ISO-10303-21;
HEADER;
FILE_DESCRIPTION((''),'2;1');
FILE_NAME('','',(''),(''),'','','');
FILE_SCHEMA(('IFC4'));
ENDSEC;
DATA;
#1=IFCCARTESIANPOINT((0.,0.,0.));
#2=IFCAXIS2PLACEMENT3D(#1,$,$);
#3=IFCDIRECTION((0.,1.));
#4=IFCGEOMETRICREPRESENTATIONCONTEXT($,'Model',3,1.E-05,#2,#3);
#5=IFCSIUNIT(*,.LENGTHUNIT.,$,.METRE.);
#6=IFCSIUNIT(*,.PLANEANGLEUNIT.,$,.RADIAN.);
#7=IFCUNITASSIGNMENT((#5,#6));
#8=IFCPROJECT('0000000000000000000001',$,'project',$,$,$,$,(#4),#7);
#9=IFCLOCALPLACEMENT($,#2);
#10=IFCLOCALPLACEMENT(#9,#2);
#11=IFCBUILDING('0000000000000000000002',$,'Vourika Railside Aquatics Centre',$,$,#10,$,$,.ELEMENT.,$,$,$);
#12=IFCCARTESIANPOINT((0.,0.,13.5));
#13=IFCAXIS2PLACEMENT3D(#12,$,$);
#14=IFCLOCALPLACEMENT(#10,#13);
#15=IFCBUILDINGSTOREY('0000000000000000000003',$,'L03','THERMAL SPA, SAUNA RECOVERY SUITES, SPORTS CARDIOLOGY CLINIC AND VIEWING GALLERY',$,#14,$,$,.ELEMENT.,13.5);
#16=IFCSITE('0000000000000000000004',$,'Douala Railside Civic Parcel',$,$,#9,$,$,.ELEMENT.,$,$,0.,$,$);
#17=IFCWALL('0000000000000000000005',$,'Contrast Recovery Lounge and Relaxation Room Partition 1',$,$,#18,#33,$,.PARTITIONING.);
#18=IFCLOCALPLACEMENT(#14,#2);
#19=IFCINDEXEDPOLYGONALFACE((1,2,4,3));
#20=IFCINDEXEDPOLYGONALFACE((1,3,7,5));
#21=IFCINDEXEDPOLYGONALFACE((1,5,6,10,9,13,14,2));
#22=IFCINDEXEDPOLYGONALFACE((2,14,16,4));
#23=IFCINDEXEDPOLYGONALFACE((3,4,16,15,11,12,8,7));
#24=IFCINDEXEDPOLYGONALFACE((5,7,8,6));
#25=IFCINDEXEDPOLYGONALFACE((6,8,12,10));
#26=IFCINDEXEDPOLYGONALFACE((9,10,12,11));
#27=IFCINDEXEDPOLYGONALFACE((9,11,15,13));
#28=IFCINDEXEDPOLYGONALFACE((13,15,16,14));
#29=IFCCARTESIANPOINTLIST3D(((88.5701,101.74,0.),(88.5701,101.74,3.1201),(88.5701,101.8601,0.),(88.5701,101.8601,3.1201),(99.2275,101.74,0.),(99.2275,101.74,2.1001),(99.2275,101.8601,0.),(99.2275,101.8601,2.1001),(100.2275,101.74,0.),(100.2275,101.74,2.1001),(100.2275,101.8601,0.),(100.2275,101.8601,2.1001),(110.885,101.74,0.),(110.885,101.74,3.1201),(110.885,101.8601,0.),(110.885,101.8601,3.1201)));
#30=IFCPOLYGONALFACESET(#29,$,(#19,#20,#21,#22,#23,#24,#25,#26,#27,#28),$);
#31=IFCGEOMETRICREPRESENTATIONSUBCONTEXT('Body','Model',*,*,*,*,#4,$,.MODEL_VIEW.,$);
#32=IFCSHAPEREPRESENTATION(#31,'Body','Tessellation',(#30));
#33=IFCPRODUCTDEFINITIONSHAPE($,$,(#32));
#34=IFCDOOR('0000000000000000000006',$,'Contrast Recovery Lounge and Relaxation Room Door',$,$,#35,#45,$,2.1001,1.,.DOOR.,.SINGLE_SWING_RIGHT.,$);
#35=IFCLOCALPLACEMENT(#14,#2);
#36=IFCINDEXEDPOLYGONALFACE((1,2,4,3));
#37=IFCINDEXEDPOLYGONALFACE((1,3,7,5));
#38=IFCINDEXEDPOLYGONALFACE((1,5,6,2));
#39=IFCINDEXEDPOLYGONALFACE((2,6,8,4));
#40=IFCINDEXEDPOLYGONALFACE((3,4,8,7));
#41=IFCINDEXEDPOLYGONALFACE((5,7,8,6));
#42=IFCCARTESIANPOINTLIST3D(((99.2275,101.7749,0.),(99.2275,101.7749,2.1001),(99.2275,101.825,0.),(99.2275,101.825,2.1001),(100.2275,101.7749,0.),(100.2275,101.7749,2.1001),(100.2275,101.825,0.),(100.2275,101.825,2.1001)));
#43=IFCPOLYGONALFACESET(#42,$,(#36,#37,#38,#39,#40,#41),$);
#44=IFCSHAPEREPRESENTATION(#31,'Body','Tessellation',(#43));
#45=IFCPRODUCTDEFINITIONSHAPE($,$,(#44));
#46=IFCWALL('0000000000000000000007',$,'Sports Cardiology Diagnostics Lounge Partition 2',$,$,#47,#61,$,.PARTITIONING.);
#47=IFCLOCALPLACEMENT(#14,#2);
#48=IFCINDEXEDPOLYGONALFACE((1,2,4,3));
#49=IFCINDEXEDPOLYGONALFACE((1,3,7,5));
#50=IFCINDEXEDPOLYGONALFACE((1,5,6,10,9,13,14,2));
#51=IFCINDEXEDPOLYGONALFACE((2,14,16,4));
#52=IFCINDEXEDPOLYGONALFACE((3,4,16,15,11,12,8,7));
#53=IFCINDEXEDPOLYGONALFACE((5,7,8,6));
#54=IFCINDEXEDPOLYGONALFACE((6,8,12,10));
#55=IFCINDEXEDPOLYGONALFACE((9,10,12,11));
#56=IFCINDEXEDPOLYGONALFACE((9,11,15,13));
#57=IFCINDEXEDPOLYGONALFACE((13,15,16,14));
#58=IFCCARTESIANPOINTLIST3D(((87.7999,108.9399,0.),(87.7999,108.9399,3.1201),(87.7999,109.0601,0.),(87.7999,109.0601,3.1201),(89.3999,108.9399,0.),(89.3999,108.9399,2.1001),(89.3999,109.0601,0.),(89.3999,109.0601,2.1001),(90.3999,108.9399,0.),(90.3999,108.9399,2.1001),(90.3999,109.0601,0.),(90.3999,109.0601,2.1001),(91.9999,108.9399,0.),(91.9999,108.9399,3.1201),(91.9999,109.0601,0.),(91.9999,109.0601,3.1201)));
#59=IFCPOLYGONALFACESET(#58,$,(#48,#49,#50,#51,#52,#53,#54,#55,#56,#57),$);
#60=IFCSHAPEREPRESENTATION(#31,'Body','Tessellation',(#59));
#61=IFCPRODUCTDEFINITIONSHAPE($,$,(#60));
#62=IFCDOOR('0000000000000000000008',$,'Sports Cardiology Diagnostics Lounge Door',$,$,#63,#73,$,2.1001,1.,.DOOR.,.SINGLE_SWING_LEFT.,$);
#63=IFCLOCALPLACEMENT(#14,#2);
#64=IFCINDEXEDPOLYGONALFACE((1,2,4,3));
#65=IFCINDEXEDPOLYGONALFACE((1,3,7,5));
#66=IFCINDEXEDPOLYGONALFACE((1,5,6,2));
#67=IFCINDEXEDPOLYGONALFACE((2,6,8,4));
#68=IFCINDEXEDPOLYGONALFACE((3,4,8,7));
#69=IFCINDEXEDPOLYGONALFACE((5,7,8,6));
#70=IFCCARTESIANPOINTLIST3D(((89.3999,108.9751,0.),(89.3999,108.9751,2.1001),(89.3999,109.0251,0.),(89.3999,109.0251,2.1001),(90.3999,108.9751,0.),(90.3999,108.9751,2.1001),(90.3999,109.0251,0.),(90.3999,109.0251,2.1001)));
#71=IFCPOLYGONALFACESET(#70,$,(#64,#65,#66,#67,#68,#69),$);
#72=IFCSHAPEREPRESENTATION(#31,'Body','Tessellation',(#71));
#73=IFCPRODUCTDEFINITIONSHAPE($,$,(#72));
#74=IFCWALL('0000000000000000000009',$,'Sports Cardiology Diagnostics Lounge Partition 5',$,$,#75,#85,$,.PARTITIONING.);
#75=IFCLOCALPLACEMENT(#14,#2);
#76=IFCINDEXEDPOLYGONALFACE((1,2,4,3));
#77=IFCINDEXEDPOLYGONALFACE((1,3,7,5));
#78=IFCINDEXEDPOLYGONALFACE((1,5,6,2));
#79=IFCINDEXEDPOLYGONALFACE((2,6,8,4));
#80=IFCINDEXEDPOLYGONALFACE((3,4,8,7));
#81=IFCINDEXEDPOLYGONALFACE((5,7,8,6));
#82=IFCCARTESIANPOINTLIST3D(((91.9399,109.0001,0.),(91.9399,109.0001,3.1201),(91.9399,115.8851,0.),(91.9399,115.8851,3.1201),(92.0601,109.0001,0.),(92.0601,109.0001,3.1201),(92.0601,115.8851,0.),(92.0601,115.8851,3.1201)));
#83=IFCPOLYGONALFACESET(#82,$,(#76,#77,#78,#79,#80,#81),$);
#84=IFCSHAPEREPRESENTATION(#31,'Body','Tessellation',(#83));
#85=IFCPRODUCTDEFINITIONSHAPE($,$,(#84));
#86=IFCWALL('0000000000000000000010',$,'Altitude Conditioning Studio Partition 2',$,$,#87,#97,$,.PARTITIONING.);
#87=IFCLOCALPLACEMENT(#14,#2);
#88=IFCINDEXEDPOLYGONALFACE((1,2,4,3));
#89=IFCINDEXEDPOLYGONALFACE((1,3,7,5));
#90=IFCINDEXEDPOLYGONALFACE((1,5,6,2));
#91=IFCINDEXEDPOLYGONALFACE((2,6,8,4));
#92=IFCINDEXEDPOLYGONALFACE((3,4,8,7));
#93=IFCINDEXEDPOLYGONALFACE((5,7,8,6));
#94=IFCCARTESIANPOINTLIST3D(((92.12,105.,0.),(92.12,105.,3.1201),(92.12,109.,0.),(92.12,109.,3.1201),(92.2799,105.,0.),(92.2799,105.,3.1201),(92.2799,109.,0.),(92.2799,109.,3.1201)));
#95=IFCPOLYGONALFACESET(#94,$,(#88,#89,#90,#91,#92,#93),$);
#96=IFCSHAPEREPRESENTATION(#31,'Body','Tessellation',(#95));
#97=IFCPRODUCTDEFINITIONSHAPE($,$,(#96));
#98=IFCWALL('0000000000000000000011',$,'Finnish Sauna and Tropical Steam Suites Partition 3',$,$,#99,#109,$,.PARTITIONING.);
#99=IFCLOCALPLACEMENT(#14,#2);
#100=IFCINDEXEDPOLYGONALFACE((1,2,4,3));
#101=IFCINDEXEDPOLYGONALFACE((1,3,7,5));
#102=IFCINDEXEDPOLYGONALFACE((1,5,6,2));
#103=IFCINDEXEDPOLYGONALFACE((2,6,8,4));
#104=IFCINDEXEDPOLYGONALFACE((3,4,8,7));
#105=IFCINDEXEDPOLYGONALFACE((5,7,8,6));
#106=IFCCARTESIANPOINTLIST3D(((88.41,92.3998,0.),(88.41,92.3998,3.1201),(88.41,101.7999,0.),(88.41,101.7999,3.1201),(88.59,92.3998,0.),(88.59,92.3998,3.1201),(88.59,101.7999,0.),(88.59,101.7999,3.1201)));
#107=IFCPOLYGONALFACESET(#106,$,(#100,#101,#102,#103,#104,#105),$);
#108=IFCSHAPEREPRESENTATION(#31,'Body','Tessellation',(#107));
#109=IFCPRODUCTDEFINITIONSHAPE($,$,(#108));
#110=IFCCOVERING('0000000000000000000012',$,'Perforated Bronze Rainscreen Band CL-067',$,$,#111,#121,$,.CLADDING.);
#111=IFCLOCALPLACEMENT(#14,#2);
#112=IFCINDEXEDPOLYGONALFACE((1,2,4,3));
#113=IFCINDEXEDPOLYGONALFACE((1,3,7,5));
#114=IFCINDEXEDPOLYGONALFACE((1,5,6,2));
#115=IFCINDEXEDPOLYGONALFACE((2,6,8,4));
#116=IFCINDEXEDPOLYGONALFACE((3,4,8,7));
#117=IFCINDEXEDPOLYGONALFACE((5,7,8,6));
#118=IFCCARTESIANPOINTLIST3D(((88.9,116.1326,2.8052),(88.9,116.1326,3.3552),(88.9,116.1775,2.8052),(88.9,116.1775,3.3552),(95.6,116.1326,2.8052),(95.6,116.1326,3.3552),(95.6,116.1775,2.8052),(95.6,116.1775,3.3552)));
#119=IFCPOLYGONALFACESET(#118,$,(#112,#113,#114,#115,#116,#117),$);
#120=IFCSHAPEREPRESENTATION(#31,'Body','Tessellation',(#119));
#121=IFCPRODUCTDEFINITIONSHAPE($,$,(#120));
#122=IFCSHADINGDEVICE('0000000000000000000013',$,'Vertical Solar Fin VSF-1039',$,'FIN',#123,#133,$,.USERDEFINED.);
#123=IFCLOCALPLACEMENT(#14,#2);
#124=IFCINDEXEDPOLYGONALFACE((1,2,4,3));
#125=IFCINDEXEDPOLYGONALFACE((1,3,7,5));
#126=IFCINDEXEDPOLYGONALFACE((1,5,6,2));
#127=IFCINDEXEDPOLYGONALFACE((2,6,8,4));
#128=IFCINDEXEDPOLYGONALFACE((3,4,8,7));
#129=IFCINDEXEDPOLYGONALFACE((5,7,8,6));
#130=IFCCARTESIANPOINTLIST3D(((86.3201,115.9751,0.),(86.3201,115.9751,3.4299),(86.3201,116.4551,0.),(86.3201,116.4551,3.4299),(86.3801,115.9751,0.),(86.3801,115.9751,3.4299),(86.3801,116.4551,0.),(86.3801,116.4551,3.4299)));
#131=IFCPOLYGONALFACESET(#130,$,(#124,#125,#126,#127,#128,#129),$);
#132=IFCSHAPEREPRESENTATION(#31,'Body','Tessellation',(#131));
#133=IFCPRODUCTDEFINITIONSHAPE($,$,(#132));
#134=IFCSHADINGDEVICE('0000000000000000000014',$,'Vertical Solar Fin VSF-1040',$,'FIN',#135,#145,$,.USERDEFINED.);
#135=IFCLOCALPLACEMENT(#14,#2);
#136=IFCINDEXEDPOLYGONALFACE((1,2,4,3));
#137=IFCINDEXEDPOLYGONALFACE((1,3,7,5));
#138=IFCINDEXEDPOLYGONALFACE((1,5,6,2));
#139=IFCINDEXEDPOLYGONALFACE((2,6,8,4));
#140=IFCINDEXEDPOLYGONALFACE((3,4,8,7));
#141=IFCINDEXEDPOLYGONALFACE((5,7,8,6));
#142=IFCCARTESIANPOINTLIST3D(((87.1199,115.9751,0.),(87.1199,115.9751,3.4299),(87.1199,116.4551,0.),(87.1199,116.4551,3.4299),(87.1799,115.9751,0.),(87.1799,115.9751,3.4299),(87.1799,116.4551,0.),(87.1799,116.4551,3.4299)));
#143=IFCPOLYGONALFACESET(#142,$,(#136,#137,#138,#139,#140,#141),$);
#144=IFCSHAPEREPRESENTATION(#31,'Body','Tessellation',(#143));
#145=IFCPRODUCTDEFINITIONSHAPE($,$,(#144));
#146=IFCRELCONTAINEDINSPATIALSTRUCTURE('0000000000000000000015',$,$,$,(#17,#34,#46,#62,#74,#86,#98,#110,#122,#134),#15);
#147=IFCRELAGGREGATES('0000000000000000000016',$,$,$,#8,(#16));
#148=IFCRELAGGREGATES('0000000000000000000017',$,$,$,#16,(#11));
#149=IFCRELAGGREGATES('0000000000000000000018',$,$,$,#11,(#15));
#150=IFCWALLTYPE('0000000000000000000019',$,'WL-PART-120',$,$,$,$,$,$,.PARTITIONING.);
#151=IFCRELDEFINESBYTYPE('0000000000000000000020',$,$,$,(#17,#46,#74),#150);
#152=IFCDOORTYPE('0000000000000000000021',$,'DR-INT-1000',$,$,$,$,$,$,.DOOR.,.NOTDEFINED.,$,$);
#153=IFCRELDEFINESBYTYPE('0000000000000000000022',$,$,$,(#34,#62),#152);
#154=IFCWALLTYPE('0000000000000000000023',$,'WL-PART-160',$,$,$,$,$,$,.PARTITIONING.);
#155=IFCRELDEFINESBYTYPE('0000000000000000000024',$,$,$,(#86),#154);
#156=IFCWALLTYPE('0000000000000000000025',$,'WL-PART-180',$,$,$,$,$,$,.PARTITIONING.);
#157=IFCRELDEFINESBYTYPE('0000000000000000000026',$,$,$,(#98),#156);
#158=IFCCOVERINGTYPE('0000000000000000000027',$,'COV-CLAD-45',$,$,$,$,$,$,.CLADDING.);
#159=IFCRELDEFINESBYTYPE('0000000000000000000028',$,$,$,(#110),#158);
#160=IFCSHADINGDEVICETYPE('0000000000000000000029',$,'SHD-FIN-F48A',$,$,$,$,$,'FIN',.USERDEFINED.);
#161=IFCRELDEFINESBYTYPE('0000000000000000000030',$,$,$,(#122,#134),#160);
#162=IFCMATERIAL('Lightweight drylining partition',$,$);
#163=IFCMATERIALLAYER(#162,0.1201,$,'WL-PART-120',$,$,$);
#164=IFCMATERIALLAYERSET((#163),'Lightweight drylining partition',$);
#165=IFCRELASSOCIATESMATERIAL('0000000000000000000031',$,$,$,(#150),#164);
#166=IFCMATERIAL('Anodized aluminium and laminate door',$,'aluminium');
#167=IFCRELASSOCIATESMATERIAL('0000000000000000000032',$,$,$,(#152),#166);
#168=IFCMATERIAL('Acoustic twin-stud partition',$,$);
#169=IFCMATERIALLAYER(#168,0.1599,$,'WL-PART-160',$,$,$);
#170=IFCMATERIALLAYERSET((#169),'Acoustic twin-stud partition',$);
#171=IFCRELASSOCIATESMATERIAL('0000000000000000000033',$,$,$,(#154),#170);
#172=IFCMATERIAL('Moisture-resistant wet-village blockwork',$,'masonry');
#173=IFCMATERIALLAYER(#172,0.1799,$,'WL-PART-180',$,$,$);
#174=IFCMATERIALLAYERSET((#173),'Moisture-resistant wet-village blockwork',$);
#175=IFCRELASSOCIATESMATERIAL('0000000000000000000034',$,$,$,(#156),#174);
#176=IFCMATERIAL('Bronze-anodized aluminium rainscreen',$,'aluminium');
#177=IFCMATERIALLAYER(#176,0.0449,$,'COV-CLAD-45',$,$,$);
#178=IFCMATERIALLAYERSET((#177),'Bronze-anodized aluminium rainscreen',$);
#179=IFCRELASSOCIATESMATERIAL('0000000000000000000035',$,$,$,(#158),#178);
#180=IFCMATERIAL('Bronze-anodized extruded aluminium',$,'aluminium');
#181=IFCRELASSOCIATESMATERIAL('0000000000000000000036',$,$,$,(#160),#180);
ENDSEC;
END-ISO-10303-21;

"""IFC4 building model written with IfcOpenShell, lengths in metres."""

from ifc_helpers import new_model, si_unit, direction, frame, frame_2d, origin, origin_2d, place, context, subcontext, project, spatial, rectangle, extrude, material, layer, layer_set, material_profile, profile_set, type_object, element, fill, save


model = new_model("IFC4")

# Units and contexts
model_context = context("Model", 3, precision=1e-05, world=origin(), true_north=direction((0.0, 1.0)))
body_context = subcontext(model_context, "Body", "Model", "MODEL_VIEW")
ifc_project = project(units=[si_unit("LENGTHUNIT", "METRE"), si_unit("PLANEANGLEUNIT", "RADIAN")], contexts=[model_context])

# Site, building, storey
site_placement = place(None, origin())
site = spatial("IfcSite", under=ifc_project, at=site_placement, Name="Douala Railside Civic Parcel", CompositionType="ELEMENT", RefElevation=0.0)
building_placement = place(site_placement, origin())
building = spatial("IfcBuilding", under=site, at=building_placement, Name="Vourika Railside Aquatics Centre", CompositionType="ELEMENT")
storey_placement = place(building_placement, frame((0.0, 0.0, 13.5)))
storey = spatial("IfcBuildingStorey", under=building, at=storey_placement, Name="L03", Description="THERMAL SPA, SAUNA RECOVERY SUITES, SPORTS CARDIOLOGY CLINIC AND VIEWING GALLERY", CompositionType="ELEMENT", Elevation=13.5)

# Walls, openings, doors
ifc_material_1 = material(Name="Lightweight drylining partition")
ifc_layer_1 = layer(ifc_material_1, 0.1201, Name="WL-PART-120")
ifc_layer_set_1 = layer_set([ifc_layer_1], Name="Lightweight drylining partition")
wall_type_1 = type_object("IfcWallType", Name="WL-PART-120", PredefinedType="PARTITIONING", material=ifc_layer_set_1)
wall_1_placement = place(storey_placement, frame((88.5701, 101.8, 0.0), z_axis=(0.0, 0.0, 1.0), x_axis=(1.0, 0.0, 0.0)))
wall_1 = element("IfcWall", 1, at=wall_1_placement, inside=storey, type_object=wall_type_1, Name="Contrast Recovery Lounge and Relaxation Room Partition 1", PredefinedType="PARTITIONING", context=body_context, shape_type="SweptSolid", body=[
    extrude(rectangle(XDim=22.3149, YDim=0.1201, at=frame_2d((11.1575, 0.0))), origin(), (0.0, 0.0, 1.0), 3.1201),
])
opening_1_placement = place(wall_1_placement, frame((10.6575, 0.0, 0.0)))
opening_1 = element("IfcOpeningElement", 2, at=opening_1_placement, cuts=wall_1, PredefinedType="OPENING", context=body_context, shape_type="SweptSolid", body=[
    extrude(rectangle(XDim=1.0, YDim=2.1001, at=frame_2d((0.5, 1.05))), frame((0.0, 0.0701, 0.0), z_axis=(0.0, -1.0, 0.0), x_axis=(1.0, 0.0, 0.0)), (0.0, 0.0, 1.0), 0.1401),
])
ifc_material_2 = material(Name="Anodized aluminium and laminate door", Category="aluminium")
door_type = type_object("IfcDoorType", Name="DR-INT-1000", OperationType="NOTDEFINED", PredefinedType="DOOR", material=ifc_material_2)
door_1_placement = place(opening_1_placement, origin())
door_1 = element("IfcDoor", 3, at=door_1_placement, inside=storey, type_object=door_type, Name="Contrast Recovery Lounge and Relaxation Room Door", OperationType="SINGLE_SWING_RIGHT", OverallHeight=2.1001, OverallWidth=1.0, PredefinedType="DOOR", context=body_context, shape_type="SweptSolid", body=[
    extrude(rectangle(XDim=1.0, YDim=2.1001, at=frame_2d((0.5, 1.05))), frame((0.0, 0.0249, 0.0), z_axis=(0.0, -1.0, 0.0), x_axis=(1.0, 0.0, 0.0)), (0.0, 0.0, 1.0), 0.05),
])
fill(opening_1, door_1)
wall_2_placement = place(storey_placement, frame((92.0, 109.0, 0.0), z_axis=(0.0, 0.0, 1.0), x_axis=(-1.0, 0.0, 0.0)))
wall_2 = element("IfcWall", 4, at=wall_2_placement, inside=storey, type_object=wall_type_1, Name="Sports Cardiology Diagnostics Lounge Partition 2", PredefinedType="PARTITIONING", context=body_context, shape_type="SweptSolid", body=[
    extrude(rectangle(XDim=4.2, YDim=0.1201, at=frame_2d((2.1001, 0.0))), origin(), (0.0, 0.0, 1.0), 3.1201),
])
opening_2_placement = place(wall_2_placement, frame((1.6001, 0.0, 0.0)))
opening_2 = element("IfcOpeningElement", 5, at=opening_2_placement, cuts=wall_2, PredefinedType="OPENING", context=body_context, shape_type="SweptSolid", body=[
    extrude(rectangle(XDim=1.0, YDim=2.1001, at=frame_2d((0.5, 1.05))), frame((0.0, 0.0701, 0.0), z_axis=(0.0, -1.0, 0.0), x_axis=(1.0, 0.0, 0.0)), (0.0, 0.0, 1.0), 0.1401),
])
door_2_placement = place(opening_2_placement, origin())
door_2 = element("IfcDoor", 6, at=door_2_placement, inside=storey, type_object=door_type, Name="Sports Cardiology Diagnostics Lounge Door", OperationType="SINGLE_SWING_LEFT", OverallHeight=2.1001, OverallWidth=1.0, PredefinedType="DOOR", context=body_context, shape_type="SweptSolid", body=[
    extrude(rectangle(XDim=1.0, YDim=2.1001, at=frame_2d((0.5, 1.05))), frame((0.0, 0.0249, 0.0), z_axis=(0.0, -1.0, 0.0), x_axis=(1.0, 0.0, 0.0)), (0.0, 0.0, 1.0), 0.05),
])
fill(opening_2, door_2)

# Walls
wall_3_placement = place(storey_placement, frame((92.0, 115.885, 0.0), z_axis=(0.0, 0.0, 1.0), x_axis=(0.0, -1.0, 0.0)))
element("IfcWall", 7, at=wall_3_placement, inside=storey, type_object=wall_type_1, Name="Sports Cardiology Diagnostics Lounge Partition 5", PredefinedType="PARTITIONING", context=body_context, shape_type="SweptSolid", body=[
    extrude(rectangle(XDim=6.885, YDim=0.1201, at=frame_2d((3.4424, 0.0))), origin(), (0.0, 0.0, 1.0), 3.1201),
])
ifc_material_3 = material(Name="Acoustic twin-stud partition")
ifc_layer_2 = layer(ifc_material_3, 0.1599, Name="WL-PART-160")
ifc_layer_set_2 = layer_set([ifc_layer_2], Name="Acoustic twin-stud partition")
wall_type_2 = type_object("IfcWallType", Name="WL-PART-160", PredefinedType="PARTITIONING", material=ifc_layer_set_2)
wall_4_placement = place(storey_placement, frame((92.2, 105.0, 0.0), z_axis=(0.0, 0.0, 1.0), x_axis=(0.0, 1.0, 0.0)))
element("IfcWall", 8, at=wall_4_placement, inside=storey, type_object=wall_type_2, Name="Altitude Conditioning Studio Partition 2", PredefinedType="PARTITIONING", context=body_context, shape_type="SweptSolid", body=[
    extrude(rectangle(XDim=4.0, YDim=0.1599, at=frame_2d((2.0, 0.0))), origin(), (0.0, 0.0, 1.0), 3.1201),
])
ifc_material_4 = material(Name="Moisture-resistant wet-village blockwork", Category="masonry")
ifc_layer_3 = layer(ifc_material_4, 0.1799, Name="WL-PART-180")
ifc_layer_set_3 = layer_set([ifc_layer_3], Name="Moisture-resistant wet-village blockwork")
wall_type_3 = type_object("IfcWallType", Name="WL-PART-180", PredefinedType="PARTITIONING", material=ifc_layer_set_3)
wall_5_placement = place(storey_placement, frame((88.5, 101.8, 0.0), z_axis=(0.0, 0.0, 1.0), x_axis=(0.0, -1.0, 0.0)))
element("IfcWall", 9, at=wall_5_placement, inside=storey, type_object=wall_type_3, Name="Finnish Sauna and Tropical Steam Suites Partition 3", PredefinedType="PARTITIONING", context=body_context, shape_type="SweptSolid", body=[
    extrude(rectangle(XDim=9.4001, YDim=0.1799, at=frame_2d((4.7002, 0.0))), origin(), (0.0, 0.0, 1.0), 3.1201),
])

# Covering
ifc_material_5 = material(Name="Bronze-anodized aluminium rainscreen", Category="aluminium")
ifc_layer_4 = layer(ifc_material_5, 0.0449, Name="COV-CLAD-45")
ifc_layer_set_4 = layer_set([ifc_layer_4], Name="Bronze-anodized aluminium rainscreen")
covering_type = type_object("IfcCoveringType", Name="COV-CLAD-45", PredefinedType="CLADDING", material=ifc_layer_set_4)
covering_placement = place(storey_placement, frame((92.25, 116.155, 2.8052), z_axis=(0.0, 0.0, 1.0), x_axis=(-1.0, 0.0, 0.0)))
element("IfcCovering", 10, at=covering_placement, inside=storey, type_object=covering_type, Name="Perforated Bronze Rainscreen Band CL-067", PredefinedType="CLADDING", context=body_context, shape_type="SweptSolid", body=[
    extrude(rectangle(XDim=6.7, YDim=0.0449, at=origin_2d()), origin(), (0.0, 0.0, 1.0), 0.55),
])

# Shading devices
ifc_material_6 = material(Name="Bronze-anodized extruded aluminium", Category="aluminium")
ifc_material_profile_1 = material_profile(ifc_material_6, rectangle(XDim=0.0601, YDim=0.48, at=origin_2d()), Name="ALU-FIN 60x480")
ifc_profile_set_1 = profile_set([ifc_material_profile_1], Name="Bronze-anodized extruded aluminium")
shading_device_type = type_object("IfcShadingDeviceType", Name="SHD-FIN-F48A", ElementType="FIN", PredefinedType="USERDEFINED", material=ifc_profile_set_1)
for number, where, z_axis, x_axis, name in (
    (11, (86.3501, 116.2151, 0.0), (0.0, 0.0, 1.0), (1.0, 0.0, 0.0), "Vertical Solar Fin VSF-1039"),
    (12, (87.1499, 116.2151, 0.0), (0.0, 0.0, 1.0), (1.0, 0.0, 0.0), "Vertical Solar Fin VSF-1040"),
):
    element("IfcShadingDevice", number, at=place(storey_placement, frame(where, z_axis=z_axis, x_axis=x_axis)), inside=storey, type_object=shading_device_type, Name=name, ObjectType="FIN", PredefinedType="USERDEFINED", context=body_context, shape_type="SweptSolid", body=[
        extrude(rectangle(XDim=0.0601, YDim=0.48, at=origin_2d()), origin(), (0.0, 0.0, 1.0), 3.4299),
    ])

save(model, "model.ifc")
